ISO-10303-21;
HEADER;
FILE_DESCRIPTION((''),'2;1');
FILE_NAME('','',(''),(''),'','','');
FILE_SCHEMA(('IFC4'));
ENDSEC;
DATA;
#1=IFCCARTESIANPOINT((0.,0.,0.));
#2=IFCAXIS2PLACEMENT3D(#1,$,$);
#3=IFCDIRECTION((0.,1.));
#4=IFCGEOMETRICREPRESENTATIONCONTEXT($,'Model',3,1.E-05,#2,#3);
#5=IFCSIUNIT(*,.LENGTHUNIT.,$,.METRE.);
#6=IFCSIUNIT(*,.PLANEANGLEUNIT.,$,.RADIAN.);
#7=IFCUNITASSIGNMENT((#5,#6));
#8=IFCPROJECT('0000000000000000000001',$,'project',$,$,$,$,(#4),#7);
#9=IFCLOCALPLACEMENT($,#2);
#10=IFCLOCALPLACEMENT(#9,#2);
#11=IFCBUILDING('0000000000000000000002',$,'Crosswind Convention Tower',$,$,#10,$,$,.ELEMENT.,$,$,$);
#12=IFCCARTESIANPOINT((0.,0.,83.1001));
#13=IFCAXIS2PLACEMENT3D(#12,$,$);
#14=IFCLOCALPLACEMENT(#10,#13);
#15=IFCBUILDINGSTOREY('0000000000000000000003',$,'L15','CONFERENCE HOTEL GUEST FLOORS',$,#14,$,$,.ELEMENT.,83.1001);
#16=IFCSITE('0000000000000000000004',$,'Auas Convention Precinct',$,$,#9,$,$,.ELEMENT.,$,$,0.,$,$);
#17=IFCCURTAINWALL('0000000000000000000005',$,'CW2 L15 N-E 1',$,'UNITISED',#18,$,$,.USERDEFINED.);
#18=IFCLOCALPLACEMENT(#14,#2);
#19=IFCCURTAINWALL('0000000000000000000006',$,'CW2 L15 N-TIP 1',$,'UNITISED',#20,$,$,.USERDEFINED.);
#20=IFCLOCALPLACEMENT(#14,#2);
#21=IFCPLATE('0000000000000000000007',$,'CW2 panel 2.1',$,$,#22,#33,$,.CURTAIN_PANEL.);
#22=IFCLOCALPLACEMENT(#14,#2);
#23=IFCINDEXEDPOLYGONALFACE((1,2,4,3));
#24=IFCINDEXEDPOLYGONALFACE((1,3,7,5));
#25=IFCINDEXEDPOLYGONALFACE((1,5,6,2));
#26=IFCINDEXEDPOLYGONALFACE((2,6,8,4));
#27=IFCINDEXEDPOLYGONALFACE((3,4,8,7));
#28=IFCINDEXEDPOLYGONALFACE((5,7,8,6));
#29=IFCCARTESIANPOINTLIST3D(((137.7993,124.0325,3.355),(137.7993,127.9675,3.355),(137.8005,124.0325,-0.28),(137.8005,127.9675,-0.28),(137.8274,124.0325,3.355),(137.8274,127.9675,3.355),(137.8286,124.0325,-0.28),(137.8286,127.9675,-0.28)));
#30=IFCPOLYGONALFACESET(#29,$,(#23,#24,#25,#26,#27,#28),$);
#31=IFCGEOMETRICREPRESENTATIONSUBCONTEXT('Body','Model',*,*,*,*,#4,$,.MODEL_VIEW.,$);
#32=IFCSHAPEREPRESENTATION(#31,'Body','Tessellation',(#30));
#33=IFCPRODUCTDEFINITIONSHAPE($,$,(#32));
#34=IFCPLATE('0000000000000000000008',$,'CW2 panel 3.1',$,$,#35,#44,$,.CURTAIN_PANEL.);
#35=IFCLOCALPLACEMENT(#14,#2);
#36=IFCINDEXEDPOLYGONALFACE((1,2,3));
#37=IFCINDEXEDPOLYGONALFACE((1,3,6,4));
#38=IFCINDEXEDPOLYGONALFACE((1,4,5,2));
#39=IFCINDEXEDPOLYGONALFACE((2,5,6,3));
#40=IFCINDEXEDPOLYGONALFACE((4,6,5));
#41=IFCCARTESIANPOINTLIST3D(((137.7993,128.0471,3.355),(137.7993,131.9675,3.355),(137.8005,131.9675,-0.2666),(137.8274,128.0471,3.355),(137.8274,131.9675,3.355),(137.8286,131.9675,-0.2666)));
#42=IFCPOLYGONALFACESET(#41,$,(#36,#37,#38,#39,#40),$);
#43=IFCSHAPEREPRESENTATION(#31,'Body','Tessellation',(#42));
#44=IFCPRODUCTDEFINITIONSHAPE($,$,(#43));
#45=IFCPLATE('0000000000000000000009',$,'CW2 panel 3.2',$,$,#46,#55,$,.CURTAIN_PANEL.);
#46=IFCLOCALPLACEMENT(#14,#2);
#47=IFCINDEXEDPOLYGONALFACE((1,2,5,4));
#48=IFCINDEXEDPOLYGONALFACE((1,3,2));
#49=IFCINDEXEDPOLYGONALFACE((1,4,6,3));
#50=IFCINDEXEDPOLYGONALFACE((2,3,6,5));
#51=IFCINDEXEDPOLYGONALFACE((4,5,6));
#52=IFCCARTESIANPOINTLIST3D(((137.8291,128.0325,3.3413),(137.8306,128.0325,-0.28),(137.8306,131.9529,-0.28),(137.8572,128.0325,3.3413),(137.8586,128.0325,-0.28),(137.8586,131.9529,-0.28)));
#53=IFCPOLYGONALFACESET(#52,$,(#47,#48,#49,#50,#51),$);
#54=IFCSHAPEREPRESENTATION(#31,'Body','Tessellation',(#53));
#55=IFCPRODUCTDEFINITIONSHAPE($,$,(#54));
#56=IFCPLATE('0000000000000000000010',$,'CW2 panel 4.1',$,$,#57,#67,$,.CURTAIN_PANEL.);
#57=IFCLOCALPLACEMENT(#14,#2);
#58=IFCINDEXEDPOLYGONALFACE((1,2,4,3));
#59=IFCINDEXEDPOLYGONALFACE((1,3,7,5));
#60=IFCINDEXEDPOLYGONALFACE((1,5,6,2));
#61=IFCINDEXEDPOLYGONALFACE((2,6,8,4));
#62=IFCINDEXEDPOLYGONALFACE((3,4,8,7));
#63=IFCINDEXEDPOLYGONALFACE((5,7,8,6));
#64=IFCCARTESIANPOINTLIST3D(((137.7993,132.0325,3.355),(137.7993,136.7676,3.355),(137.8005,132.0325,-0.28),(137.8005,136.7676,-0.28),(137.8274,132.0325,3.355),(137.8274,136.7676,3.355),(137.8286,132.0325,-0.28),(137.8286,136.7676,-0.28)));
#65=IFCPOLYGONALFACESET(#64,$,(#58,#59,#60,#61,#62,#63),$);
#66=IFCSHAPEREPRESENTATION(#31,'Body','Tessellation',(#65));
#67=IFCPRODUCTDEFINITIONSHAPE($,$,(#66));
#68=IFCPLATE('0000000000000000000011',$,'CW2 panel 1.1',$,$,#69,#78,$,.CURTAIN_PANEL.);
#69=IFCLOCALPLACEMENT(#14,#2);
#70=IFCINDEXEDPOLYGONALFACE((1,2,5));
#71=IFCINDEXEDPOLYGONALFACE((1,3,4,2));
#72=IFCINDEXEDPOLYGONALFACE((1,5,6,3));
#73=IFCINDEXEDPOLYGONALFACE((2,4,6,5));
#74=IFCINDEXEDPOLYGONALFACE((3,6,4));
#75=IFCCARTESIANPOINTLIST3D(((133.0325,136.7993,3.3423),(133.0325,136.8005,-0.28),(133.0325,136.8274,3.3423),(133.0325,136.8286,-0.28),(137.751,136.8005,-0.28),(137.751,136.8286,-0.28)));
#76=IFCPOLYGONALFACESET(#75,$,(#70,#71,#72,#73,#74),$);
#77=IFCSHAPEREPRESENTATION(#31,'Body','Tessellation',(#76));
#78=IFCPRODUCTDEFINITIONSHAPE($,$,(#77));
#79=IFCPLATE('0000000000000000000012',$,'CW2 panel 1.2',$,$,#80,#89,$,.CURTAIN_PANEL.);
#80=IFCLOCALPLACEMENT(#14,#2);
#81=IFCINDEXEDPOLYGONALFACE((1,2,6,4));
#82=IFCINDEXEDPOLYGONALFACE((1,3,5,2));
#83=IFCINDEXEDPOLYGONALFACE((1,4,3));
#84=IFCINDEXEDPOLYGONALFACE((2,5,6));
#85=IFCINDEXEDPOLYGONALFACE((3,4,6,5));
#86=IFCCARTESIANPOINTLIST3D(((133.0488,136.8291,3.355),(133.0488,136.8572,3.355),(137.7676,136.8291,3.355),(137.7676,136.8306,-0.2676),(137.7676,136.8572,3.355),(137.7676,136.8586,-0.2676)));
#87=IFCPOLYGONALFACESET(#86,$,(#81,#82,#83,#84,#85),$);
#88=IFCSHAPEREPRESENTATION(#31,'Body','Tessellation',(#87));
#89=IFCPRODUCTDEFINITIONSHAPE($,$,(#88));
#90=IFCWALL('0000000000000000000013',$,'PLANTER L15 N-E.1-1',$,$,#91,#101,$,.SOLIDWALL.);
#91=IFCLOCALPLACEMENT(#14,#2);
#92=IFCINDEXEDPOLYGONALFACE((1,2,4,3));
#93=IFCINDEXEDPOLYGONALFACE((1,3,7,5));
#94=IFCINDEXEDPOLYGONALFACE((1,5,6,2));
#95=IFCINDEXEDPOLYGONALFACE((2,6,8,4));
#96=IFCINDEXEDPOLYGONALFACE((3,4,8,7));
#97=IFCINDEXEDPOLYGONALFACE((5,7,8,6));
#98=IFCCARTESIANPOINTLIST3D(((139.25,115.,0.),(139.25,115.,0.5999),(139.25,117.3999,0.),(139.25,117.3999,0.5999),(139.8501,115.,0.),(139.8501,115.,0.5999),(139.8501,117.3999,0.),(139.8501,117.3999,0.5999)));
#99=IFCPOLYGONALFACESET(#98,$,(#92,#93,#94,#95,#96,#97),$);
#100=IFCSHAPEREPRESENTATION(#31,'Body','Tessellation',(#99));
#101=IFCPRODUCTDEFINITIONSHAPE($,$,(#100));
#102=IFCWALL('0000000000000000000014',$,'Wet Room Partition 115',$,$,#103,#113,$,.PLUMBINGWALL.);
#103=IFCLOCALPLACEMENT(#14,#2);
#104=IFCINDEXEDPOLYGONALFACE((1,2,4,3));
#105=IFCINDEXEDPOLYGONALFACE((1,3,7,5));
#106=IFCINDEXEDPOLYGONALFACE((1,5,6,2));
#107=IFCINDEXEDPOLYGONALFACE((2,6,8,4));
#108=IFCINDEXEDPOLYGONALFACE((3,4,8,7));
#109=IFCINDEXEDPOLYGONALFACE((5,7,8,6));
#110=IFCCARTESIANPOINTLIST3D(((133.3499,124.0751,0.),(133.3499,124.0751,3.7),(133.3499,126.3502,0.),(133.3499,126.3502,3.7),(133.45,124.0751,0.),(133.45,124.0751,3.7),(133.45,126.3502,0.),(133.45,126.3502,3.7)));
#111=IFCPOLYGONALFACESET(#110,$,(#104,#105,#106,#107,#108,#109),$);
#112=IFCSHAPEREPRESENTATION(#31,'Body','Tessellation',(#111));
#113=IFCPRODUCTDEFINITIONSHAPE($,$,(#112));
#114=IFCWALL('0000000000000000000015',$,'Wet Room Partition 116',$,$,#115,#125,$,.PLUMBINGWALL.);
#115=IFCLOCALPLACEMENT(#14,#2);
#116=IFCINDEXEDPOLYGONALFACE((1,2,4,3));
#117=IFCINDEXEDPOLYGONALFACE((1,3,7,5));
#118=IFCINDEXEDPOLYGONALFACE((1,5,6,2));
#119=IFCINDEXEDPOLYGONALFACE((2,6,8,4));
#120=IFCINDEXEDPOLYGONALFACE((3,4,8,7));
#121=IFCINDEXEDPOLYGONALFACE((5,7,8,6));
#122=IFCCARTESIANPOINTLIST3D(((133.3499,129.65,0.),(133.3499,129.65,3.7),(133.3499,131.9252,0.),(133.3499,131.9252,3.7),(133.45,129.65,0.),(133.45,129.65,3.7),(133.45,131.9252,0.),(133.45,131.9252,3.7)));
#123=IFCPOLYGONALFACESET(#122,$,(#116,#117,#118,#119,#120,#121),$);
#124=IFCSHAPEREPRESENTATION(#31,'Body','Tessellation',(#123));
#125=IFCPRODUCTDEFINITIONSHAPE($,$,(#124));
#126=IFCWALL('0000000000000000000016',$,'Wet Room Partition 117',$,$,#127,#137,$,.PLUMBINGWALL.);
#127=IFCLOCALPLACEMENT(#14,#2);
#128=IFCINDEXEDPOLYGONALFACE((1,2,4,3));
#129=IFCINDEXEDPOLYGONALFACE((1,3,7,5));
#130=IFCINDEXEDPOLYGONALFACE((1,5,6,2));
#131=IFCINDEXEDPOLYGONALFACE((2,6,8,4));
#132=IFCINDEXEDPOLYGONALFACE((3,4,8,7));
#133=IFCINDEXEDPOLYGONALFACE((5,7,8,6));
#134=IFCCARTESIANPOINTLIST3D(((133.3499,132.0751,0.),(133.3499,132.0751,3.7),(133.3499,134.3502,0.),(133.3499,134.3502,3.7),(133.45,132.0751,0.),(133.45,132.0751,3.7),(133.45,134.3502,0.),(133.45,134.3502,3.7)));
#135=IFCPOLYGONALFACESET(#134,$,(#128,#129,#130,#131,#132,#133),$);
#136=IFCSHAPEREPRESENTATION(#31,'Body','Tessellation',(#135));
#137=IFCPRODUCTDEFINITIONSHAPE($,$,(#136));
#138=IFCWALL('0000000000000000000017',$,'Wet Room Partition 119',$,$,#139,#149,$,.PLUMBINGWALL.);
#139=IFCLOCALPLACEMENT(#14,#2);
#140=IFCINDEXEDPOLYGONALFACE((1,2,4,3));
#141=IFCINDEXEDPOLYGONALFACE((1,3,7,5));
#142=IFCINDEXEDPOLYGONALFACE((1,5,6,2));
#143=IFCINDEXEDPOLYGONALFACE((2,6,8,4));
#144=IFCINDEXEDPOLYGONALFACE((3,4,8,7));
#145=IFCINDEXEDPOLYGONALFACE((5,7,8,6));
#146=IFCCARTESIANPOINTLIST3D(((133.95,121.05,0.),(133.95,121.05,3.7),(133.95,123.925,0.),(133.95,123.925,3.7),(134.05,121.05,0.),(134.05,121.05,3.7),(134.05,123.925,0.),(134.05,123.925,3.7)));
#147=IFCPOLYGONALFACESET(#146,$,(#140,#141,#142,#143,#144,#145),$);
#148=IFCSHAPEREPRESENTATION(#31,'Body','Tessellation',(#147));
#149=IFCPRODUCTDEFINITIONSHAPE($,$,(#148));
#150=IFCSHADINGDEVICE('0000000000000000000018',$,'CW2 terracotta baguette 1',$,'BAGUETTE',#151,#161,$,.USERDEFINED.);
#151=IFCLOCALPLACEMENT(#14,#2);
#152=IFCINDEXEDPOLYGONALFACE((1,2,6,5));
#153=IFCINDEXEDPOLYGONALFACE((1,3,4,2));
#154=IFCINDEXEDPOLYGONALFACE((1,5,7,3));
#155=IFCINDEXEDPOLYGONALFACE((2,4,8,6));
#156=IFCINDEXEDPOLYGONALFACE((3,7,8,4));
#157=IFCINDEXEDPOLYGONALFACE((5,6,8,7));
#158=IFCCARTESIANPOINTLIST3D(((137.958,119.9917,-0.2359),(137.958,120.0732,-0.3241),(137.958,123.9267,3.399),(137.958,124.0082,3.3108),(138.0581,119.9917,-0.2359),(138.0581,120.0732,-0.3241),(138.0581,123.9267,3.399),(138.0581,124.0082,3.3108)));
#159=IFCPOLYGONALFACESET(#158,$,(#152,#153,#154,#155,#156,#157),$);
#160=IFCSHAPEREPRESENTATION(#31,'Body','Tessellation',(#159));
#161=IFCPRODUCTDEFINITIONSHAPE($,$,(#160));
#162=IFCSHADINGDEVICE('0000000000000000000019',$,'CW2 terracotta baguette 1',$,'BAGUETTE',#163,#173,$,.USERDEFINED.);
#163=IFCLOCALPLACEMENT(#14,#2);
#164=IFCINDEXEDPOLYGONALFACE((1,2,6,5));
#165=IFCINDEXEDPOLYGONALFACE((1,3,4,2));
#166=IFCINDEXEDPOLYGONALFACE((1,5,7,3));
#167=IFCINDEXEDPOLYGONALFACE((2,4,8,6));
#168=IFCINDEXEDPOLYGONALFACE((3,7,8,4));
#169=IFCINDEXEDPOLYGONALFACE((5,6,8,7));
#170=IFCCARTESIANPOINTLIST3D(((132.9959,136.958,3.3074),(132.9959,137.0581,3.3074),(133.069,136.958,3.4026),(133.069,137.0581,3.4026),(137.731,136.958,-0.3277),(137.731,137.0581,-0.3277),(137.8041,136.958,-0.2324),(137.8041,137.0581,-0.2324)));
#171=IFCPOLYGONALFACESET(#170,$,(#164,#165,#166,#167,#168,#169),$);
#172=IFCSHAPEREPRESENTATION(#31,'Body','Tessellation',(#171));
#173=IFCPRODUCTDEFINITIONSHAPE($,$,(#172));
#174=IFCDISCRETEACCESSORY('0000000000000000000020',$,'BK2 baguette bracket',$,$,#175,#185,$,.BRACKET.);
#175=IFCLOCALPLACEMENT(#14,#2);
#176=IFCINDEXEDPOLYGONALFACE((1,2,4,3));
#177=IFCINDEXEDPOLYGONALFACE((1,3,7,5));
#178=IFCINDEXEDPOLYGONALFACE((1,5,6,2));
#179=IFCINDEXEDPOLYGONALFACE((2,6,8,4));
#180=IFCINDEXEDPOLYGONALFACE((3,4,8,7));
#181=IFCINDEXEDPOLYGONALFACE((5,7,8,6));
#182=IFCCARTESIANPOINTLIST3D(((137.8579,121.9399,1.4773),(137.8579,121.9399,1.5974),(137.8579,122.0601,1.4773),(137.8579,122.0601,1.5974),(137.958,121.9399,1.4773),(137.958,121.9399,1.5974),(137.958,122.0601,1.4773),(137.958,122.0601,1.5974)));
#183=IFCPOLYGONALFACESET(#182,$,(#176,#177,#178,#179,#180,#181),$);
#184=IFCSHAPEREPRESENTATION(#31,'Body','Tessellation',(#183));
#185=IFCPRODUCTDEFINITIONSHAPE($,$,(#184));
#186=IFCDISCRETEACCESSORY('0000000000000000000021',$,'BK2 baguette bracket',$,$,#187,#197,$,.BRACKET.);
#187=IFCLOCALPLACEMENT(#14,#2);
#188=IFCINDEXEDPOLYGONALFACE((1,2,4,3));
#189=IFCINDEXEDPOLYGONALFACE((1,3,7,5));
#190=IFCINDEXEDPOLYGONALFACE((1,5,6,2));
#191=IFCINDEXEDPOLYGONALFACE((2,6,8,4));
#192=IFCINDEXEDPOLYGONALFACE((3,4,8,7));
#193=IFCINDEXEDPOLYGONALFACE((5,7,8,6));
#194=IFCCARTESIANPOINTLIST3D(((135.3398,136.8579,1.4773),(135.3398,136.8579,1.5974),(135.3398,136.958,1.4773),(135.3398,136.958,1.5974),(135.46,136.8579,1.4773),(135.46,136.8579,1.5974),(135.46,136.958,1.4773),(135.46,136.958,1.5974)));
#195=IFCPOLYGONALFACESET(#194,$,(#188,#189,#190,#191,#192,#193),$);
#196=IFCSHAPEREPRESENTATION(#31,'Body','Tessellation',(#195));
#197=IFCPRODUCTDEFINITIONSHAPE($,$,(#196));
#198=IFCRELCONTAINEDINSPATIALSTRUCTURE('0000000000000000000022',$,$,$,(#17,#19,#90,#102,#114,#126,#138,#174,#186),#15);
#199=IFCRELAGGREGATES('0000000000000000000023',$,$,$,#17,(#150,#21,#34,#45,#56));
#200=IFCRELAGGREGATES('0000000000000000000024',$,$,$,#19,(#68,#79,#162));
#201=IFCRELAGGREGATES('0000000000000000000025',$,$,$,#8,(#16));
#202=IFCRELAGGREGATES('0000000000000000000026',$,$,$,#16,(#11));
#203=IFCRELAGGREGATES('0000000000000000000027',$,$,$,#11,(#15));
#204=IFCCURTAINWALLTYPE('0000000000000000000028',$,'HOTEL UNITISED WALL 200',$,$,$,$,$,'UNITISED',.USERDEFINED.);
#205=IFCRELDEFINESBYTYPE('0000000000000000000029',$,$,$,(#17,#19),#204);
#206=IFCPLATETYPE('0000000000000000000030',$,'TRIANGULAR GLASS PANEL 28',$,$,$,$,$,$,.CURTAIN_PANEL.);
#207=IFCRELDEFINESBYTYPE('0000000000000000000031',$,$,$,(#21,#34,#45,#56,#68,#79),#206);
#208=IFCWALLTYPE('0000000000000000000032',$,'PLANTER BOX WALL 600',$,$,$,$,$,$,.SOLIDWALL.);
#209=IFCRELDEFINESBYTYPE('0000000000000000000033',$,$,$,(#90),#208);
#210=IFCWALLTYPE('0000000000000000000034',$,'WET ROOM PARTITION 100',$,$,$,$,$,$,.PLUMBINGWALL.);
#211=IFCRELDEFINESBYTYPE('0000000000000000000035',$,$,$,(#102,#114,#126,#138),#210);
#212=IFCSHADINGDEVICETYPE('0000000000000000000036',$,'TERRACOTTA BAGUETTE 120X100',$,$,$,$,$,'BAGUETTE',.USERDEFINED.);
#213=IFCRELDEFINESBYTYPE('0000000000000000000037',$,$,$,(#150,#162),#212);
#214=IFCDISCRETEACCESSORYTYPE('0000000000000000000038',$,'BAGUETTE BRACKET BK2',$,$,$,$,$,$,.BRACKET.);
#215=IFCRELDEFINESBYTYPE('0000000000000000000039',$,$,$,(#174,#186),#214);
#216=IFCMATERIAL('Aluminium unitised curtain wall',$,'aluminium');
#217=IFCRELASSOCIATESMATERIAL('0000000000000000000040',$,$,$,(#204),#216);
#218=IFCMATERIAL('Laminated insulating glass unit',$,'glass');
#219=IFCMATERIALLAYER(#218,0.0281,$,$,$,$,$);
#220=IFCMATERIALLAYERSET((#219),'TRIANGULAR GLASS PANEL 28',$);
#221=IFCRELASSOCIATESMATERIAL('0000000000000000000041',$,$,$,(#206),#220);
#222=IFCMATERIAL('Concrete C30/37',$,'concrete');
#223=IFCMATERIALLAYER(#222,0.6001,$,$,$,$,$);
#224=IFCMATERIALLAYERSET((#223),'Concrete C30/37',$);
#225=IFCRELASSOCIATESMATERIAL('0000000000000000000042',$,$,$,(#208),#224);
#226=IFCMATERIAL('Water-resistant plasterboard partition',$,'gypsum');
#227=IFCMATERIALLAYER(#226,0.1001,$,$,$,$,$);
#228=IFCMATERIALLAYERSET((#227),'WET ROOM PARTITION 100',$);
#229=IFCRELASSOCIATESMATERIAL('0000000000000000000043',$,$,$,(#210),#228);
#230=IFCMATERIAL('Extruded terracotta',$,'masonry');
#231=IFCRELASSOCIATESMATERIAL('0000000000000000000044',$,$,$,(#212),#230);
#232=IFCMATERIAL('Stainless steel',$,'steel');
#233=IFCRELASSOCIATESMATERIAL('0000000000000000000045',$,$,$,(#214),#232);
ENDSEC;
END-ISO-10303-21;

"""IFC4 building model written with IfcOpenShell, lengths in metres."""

from ifc_helpers import new_model, si_unit, direction, frame, frame_2d, origin, origin_2d, place, context, subcontext, project, spatial, polyline, rectangle, outline, extrude, material, layer, layer_set, material_profile, profile_set, type_object, element, aggregate, save


model = new_model("IFC4")

# Units and contexts
model_context = context("Model", 3, precision=1e-05, world=origin(), true_north=direction((0.0, 1.0)))
body_context = subcontext(model_context, "Body", "Model", "MODEL_VIEW")
ifc_project = project(units=[si_unit("LENGTHUNIT", "METRE"), si_unit("PLANEANGLEUNIT", "RADIAN")], contexts=[model_context])

# Site, building, storey
site_placement = place(None, origin())
site = spatial("IfcSite", under=ifc_project, at=site_placement, Name="Auas Convention Precinct", CompositionType="ELEMENT", RefElevation=0.0)
building_placement = place(site_placement, origin())
building = spatial("IfcBuilding", under=site, at=building_placement, Name="Crosswind Convention Tower", CompositionType="ELEMENT")
storey_placement = place(building_placement, frame((0.0, 0.0, 83.1001)))
storey = spatial("IfcBuildingStorey", under=building, at=storey_placement, Name="L15", Description="CONFERENCE HOTEL GUEST FLOORS", CompositionType="ELEMENT", Elevation=83.1001)

# Shared definitions
ifc_material_1 = material(Name="Aluminium unitised curtain wall", Category="aluminium")
curtain_wall_type = type_object("IfcCurtainWallType", Name="HOTEL UNITISED WALL 200", ElementType="UNITISED", PredefinedType="USERDEFINED", material=ifc_material_1)

# Curtain wall
curtain_wall_1_placement = place(storey_placement, origin())
curtain_wall_1 = element("IfcCurtainWall", 1, at=curtain_wall_1_placement, inside=storey, type_object=curtain_wall_type, Name="CW2 L15 N-E 1", ObjectType="UNITISED", PredefinedType="USERDEFINED")

# Curtain wall
curtain_wall_2_placement = place(storey_placement, origin())
curtain_wall_2 = element("IfcCurtainWall", 2, at=curtain_wall_2_placement, inside=storey, type_object=curtain_wall_type, Name="CW2 L15 N-TIP 1", ObjectType="UNITISED", PredefinedType="USERDEFINED")

# Plates
ifc_material_2 = material(Name="Laminated insulating glass unit", Category="glass")
ifc_layer_1 = layer(ifc_material_2, 0.0281)
ifc_layer_set_1 = layer_set([ifc_layer_1], Name="TRIANGULAR GLASS PANEL 28")
plate_type = type_object("IfcPlateType", Name="TRIANGULAR GLASS PANEL 28", PredefinedType="CURTAIN_PANEL", material=ifc_layer_set_1)
plate_1_placement = place(storey_placement, frame((137.8286, 124.0325, -0.28), z_axis=(1.0, 0.0, 0.000336), x_axis=(0.0, 1.0, 0.0)))
plate_1 = element("IfcPlate", 3, at=plate_1_placement, type_object=plate_type, Name="CW2 panel 2.1", PredefinedType="CURTAIN_PANEL", context=body_context, shape_type="SweptSolid", body=[
    extrude(outline(polyline([(0.0, 0.0), (3.9351, 0.0), (3.9351, 3.635), (0.0, 3.635), (0.0, 0.0)])), origin(), (0.0, 0.0, -1.0), 0.0281),
])
plate_2_placement = place(storey_placement, frame((137.8274, 131.9675, 3.355), z_axis=(1.0, 0.0, 0.000337), x_axis=(0.0, -1.0, 0.0)))
plate_2 = element("IfcPlate", 4, at=plate_2_placement, type_object=plate_type, Name="CW2 panel 3.1", PredefinedType="CURTAIN_PANEL", context=body_context, shape_type="SweptSolid", body=[
    extrude(outline(polyline([(0.0, 0.0), (3.9204, 0.0), (0.0, 3.6216), (0.0, 0.0)])), origin(), (0.0, 0.0, -1.0), 0.0281),
])
plate_3_placement = place(storey_placement, frame((137.8586, 128.0325, -0.28), z_axis=(1.0, 0.0, 0.000405), x_axis=(0.0, 1.0, 0.0)))
plate_3 = element("IfcPlate", 5, at=plate_3_placement, type_object=plate_type, Name="CW2 panel 3.2", PredefinedType="CURTAIN_PANEL", context=body_context, shape_type="SweptSolid", body=[
    extrude(outline(polyline([(0.0, 0.0), (3.9204, 0.0), (0.0, 3.6213), (0.0, 0.0)])), origin(), (0.0, 0.0, -1.0), 0.0281),
])
plate_4_placement = place(storey_placement, frame((137.8286, 132.0325, -0.28), z_axis=(1.0, 0.0, 0.000336), x_axis=(0.0, 1.0, 0.0)))
plate_4 = element("IfcPlate", 6, at=plate_4_placement, type_object=plate_type, Name="CW2 panel 4.1", PredefinedType="CURTAIN_PANEL", context=body_context, shape_type="SweptSolid", body=[
    extrude(outline(polyline([(0.0, 0.0), (4.7351, 0.0), (4.7351, 3.635), (0.0, 3.635), (0.0, 0.0)])), origin(), (0.0, 0.0, -1.0), 0.0281),
])
plate_5_placement = place(storey_placement, frame((133.0325, 136.8286, -0.28), z_axis=(0.0, 1.0, 0.000337), x_axis=(0.0, -0.000337, 1.0)))
plate_5 = element("IfcPlate", 7, at=plate_5_placement, type_object=plate_type, Name="CW2 panel 1.1", PredefinedType="CURTAIN_PANEL", context=body_context, shape_type="SweptSolid", body=[
    extrude(outline(polyline([(0.0, 0.0), (3.6223, 0.0), (0.0, 4.7185), (0.0, 0.0)])), origin(), (0.0, 0.0, -1.0), 0.0281),
])
plate_6_placement = place(storey_placement, frame((137.7676, 136.8572, 3.355), z_axis=(0.0, 1.0, 0.000404), x_axis=(0.0, 0.000404, -1.0)))
plate_6 = element("IfcPlate", 8, at=plate_6_placement, type_object=plate_type, Name="CW2 panel 1.2", PredefinedType="CURTAIN_PANEL", context=body_context, shape_type="SweptSolid", body=[
    extrude(outline(polyline([(0.0, 0.0), (3.6226, 0.0), (0.0, 4.7187), (0.0, 0.0)])), origin(), (0.0, 0.0, -1.0), 0.0281),
])

# Walls
ifc_material_3 = material(Name="Concrete C30/37", Category="concrete")
ifc_layer_2 = layer(ifc_material_3, 0.6001)
ifc_layer_set_2 = layer_set([ifc_layer_2], Name="Concrete C30/37")
wall_type_1 = type_object("IfcWallType", Name="PLANTER BOX WALL 600", PredefinedType="SOLIDWALL", material=ifc_layer_set_2)
wall_1_placement = place(storey_placement, frame((139.55, 115.0, 0.0), z_axis=(0.0, 0.0, 1.0), x_axis=(0.0, 1.0, 0.0)))
element("IfcWall", 9, at=wall_1_placement, inside=storey, type_object=wall_type_1, Name="PLANTER L15 N-E.1-1", PredefinedType="SOLIDWALL", context=body_context, shape_type="SweptSolid", body=[
    extrude(rectangle(XDim=2.3999, YDim=0.6001, at=frame_2d((1.2, 0.0))), origin(), (0.0, 0.0, 1.0), 0.5999),
])
ifc_material_4 = material(Name="Water-resistant plasterboard partition", Category="gypsum")
ifc_layer_3 = layer(ifc_material_4, 0.1001)
ifc_layer_set_3 = layer_set([ifc_layer_3], Name="WET ROOM PARTITION 100")
wall_type_2 = type_object("IfcWallType", Name="WET ROOM PARTITION 100", PredefinedType="PLUMBINGWALL", material=ifc_layer_set_3)
for number, where, z_axis, x_axis, name in (
    (10, (133.3999, 124.075, 0.0), (0.0, 0.0, 1.0), (0.0, 1.0, 0.0), "Wet Room Partition 115"),
    (11, (133.3999, 129.6499, 0.0), (0.0, 0.0, 1.0), (0.0, 1.0, 0.0), "Wet Room Partition 116"),
    (12, (133.3999, 132.075, 0.0), (0.0, 0.0, 1.0), (0.0, 1.0, 0.0), "Wet Room Partition 117"),
):
    element("IfcWall", number, at=place(storey_placement, frame(where, z_axis=z_axis, x_axis=x_axis)), inside=storey, type_object=wall_type_2, Name=name, PredefinedType="PLUMBINGWALL", context=body_context, shape_type="SweptSolid", body=[
        extrude(rectangle(XDim=2.2751, YDim=0.1001, at=frame_2d((1.1377, 0.0))), origin(), (0.0, 0.0, 1.0), 3.7),
    ])
wall_2_placement = place(storey_placement, frame((134.0, 121.05, 0.0), z_axis=(0.0, 0.0, 1.0), x_axis=(0.0, 1.0, 0.0)))
element("IfcWall", 13, at=wall_2_placement, inside=storey, type_object=wall_type_2, Name="Wet Room Partition 119", PredefinedType="PLUMBINGWALL", context=body_context, shape_type="SweptSolid", body=[
    extrude(rectangle(XDim=2.875, YDim=0.1001, at=frame_2d((1.4375, 0.0))), origin(), (0.0, 0.0, 1.0), 3.7),
])

# Shading devices
ifc_material_5 = material(Name="Extruded terracotta", Category="masonry")
ifc_material_profile_1 = material_profile(ifc_material_5, rectangle(XDim=0.1001, YDim=0.1201, at=origin_2d()), Name="TC 100X120")
ifc_profile_set_1 = profile_set([ifc_material_profile_1], Name="Extruded terracotta")
shading_device_type = type_object("IfcShadingDeviceType", Name="TERRACOTTA BAGUETTE 120X100", ElementType="BAGUETTE", PredefinedType="USERDEFINED", material=ifc_profile_set_1)
shading_device_1_placement = place(storey_placement, frame((138.0081, 120.0325, -0.28), z_axis=(0.0, 0.734557, 0.678547), x_axis=(-1.0, 0.0, 0.0)))
shading_device_1 = element("IfcShadingDevice", 14, at=shading_device_1_placement, type_object=shading_device_type, Name="CW2 terracotta baguette 1", ObjectType="BAGUETTE", PredefinedType="USERDEFINED", context=body_context, shape_type="SweptSolid", body=[
    extrude(rectangle(XDim=0.1001, YDim=0.1201, at=origin_2d()), origin(), (0.0, 0.0, 1.0), 5.3569),
])
aggregate(curtain_wall_1, [shading_device_1, plate_1, plate_2, plate_3, plate_4])
shading_device_2_placement = place(storey_placement, frame((137.7676, 137.0081, -0.28), z_axis=(-0.793221, 0.0, 0.608934), x_axis=(0.0, -1.0, 0.0)))
shading_device_2 = element("IfcShadingDevice", 15, at=shading_device_2_placement, type_object=shading_device_type, Name="CW2 terracotta baguette 1", ObjectType="BAGUETTE", PredefinedType="USERDEFINED", context=body_context, shape_type="SweptSolid", body=[
    extrude(rectangle(XDim=0.1001, YDim=0.1201, at=origin_2d()), origin(), (0.0, 0.0, 1.0), 5.9695),
])
aggregate(curtain_wall_2, [plate_5, plate_6, shading_device_2])

# Discrete accessories
ifc_material_6 = material(Name="Stainless steel", Category="steel")
discrete_accessory_type = type_object("IfcDiscreteAccessoryType", Name="BAGUETTE BRACKET BK2", PredefinedType="BRACKET", material=ifc_material_6)
for number, where, z_axis, x_axis, name in (
    (16, (137.908, 122.0, 1.4773), (0.0, 0.0, 1.0), (0.0, 1.0, 0.0), "BK2 baguette bracket"),
    (17, (135.3999, 136.908, 1.4773), (0.0, 0.0, 1.0), (-1.0, 0.0, 0.0), "BK2 baguette bracket"),
):
    element("IfcDiscreteAccessory", number, at=place(storey_placement, frame(where, z_axis=z_axis, x_axis=x_axis)), inside=storey, type_object=discrete_accessory_type, Name=name, PredefinedType="BRACKET", context=body_context, shape_type="SweptSolid", body=[
        extrude(rectangle(XDim=0.1201, YDim=0.1001, at=origin_2d()), origin(), (0.0, 0.0, 1.0), 0.1201),
    ])

save(model, "model.ifc")
